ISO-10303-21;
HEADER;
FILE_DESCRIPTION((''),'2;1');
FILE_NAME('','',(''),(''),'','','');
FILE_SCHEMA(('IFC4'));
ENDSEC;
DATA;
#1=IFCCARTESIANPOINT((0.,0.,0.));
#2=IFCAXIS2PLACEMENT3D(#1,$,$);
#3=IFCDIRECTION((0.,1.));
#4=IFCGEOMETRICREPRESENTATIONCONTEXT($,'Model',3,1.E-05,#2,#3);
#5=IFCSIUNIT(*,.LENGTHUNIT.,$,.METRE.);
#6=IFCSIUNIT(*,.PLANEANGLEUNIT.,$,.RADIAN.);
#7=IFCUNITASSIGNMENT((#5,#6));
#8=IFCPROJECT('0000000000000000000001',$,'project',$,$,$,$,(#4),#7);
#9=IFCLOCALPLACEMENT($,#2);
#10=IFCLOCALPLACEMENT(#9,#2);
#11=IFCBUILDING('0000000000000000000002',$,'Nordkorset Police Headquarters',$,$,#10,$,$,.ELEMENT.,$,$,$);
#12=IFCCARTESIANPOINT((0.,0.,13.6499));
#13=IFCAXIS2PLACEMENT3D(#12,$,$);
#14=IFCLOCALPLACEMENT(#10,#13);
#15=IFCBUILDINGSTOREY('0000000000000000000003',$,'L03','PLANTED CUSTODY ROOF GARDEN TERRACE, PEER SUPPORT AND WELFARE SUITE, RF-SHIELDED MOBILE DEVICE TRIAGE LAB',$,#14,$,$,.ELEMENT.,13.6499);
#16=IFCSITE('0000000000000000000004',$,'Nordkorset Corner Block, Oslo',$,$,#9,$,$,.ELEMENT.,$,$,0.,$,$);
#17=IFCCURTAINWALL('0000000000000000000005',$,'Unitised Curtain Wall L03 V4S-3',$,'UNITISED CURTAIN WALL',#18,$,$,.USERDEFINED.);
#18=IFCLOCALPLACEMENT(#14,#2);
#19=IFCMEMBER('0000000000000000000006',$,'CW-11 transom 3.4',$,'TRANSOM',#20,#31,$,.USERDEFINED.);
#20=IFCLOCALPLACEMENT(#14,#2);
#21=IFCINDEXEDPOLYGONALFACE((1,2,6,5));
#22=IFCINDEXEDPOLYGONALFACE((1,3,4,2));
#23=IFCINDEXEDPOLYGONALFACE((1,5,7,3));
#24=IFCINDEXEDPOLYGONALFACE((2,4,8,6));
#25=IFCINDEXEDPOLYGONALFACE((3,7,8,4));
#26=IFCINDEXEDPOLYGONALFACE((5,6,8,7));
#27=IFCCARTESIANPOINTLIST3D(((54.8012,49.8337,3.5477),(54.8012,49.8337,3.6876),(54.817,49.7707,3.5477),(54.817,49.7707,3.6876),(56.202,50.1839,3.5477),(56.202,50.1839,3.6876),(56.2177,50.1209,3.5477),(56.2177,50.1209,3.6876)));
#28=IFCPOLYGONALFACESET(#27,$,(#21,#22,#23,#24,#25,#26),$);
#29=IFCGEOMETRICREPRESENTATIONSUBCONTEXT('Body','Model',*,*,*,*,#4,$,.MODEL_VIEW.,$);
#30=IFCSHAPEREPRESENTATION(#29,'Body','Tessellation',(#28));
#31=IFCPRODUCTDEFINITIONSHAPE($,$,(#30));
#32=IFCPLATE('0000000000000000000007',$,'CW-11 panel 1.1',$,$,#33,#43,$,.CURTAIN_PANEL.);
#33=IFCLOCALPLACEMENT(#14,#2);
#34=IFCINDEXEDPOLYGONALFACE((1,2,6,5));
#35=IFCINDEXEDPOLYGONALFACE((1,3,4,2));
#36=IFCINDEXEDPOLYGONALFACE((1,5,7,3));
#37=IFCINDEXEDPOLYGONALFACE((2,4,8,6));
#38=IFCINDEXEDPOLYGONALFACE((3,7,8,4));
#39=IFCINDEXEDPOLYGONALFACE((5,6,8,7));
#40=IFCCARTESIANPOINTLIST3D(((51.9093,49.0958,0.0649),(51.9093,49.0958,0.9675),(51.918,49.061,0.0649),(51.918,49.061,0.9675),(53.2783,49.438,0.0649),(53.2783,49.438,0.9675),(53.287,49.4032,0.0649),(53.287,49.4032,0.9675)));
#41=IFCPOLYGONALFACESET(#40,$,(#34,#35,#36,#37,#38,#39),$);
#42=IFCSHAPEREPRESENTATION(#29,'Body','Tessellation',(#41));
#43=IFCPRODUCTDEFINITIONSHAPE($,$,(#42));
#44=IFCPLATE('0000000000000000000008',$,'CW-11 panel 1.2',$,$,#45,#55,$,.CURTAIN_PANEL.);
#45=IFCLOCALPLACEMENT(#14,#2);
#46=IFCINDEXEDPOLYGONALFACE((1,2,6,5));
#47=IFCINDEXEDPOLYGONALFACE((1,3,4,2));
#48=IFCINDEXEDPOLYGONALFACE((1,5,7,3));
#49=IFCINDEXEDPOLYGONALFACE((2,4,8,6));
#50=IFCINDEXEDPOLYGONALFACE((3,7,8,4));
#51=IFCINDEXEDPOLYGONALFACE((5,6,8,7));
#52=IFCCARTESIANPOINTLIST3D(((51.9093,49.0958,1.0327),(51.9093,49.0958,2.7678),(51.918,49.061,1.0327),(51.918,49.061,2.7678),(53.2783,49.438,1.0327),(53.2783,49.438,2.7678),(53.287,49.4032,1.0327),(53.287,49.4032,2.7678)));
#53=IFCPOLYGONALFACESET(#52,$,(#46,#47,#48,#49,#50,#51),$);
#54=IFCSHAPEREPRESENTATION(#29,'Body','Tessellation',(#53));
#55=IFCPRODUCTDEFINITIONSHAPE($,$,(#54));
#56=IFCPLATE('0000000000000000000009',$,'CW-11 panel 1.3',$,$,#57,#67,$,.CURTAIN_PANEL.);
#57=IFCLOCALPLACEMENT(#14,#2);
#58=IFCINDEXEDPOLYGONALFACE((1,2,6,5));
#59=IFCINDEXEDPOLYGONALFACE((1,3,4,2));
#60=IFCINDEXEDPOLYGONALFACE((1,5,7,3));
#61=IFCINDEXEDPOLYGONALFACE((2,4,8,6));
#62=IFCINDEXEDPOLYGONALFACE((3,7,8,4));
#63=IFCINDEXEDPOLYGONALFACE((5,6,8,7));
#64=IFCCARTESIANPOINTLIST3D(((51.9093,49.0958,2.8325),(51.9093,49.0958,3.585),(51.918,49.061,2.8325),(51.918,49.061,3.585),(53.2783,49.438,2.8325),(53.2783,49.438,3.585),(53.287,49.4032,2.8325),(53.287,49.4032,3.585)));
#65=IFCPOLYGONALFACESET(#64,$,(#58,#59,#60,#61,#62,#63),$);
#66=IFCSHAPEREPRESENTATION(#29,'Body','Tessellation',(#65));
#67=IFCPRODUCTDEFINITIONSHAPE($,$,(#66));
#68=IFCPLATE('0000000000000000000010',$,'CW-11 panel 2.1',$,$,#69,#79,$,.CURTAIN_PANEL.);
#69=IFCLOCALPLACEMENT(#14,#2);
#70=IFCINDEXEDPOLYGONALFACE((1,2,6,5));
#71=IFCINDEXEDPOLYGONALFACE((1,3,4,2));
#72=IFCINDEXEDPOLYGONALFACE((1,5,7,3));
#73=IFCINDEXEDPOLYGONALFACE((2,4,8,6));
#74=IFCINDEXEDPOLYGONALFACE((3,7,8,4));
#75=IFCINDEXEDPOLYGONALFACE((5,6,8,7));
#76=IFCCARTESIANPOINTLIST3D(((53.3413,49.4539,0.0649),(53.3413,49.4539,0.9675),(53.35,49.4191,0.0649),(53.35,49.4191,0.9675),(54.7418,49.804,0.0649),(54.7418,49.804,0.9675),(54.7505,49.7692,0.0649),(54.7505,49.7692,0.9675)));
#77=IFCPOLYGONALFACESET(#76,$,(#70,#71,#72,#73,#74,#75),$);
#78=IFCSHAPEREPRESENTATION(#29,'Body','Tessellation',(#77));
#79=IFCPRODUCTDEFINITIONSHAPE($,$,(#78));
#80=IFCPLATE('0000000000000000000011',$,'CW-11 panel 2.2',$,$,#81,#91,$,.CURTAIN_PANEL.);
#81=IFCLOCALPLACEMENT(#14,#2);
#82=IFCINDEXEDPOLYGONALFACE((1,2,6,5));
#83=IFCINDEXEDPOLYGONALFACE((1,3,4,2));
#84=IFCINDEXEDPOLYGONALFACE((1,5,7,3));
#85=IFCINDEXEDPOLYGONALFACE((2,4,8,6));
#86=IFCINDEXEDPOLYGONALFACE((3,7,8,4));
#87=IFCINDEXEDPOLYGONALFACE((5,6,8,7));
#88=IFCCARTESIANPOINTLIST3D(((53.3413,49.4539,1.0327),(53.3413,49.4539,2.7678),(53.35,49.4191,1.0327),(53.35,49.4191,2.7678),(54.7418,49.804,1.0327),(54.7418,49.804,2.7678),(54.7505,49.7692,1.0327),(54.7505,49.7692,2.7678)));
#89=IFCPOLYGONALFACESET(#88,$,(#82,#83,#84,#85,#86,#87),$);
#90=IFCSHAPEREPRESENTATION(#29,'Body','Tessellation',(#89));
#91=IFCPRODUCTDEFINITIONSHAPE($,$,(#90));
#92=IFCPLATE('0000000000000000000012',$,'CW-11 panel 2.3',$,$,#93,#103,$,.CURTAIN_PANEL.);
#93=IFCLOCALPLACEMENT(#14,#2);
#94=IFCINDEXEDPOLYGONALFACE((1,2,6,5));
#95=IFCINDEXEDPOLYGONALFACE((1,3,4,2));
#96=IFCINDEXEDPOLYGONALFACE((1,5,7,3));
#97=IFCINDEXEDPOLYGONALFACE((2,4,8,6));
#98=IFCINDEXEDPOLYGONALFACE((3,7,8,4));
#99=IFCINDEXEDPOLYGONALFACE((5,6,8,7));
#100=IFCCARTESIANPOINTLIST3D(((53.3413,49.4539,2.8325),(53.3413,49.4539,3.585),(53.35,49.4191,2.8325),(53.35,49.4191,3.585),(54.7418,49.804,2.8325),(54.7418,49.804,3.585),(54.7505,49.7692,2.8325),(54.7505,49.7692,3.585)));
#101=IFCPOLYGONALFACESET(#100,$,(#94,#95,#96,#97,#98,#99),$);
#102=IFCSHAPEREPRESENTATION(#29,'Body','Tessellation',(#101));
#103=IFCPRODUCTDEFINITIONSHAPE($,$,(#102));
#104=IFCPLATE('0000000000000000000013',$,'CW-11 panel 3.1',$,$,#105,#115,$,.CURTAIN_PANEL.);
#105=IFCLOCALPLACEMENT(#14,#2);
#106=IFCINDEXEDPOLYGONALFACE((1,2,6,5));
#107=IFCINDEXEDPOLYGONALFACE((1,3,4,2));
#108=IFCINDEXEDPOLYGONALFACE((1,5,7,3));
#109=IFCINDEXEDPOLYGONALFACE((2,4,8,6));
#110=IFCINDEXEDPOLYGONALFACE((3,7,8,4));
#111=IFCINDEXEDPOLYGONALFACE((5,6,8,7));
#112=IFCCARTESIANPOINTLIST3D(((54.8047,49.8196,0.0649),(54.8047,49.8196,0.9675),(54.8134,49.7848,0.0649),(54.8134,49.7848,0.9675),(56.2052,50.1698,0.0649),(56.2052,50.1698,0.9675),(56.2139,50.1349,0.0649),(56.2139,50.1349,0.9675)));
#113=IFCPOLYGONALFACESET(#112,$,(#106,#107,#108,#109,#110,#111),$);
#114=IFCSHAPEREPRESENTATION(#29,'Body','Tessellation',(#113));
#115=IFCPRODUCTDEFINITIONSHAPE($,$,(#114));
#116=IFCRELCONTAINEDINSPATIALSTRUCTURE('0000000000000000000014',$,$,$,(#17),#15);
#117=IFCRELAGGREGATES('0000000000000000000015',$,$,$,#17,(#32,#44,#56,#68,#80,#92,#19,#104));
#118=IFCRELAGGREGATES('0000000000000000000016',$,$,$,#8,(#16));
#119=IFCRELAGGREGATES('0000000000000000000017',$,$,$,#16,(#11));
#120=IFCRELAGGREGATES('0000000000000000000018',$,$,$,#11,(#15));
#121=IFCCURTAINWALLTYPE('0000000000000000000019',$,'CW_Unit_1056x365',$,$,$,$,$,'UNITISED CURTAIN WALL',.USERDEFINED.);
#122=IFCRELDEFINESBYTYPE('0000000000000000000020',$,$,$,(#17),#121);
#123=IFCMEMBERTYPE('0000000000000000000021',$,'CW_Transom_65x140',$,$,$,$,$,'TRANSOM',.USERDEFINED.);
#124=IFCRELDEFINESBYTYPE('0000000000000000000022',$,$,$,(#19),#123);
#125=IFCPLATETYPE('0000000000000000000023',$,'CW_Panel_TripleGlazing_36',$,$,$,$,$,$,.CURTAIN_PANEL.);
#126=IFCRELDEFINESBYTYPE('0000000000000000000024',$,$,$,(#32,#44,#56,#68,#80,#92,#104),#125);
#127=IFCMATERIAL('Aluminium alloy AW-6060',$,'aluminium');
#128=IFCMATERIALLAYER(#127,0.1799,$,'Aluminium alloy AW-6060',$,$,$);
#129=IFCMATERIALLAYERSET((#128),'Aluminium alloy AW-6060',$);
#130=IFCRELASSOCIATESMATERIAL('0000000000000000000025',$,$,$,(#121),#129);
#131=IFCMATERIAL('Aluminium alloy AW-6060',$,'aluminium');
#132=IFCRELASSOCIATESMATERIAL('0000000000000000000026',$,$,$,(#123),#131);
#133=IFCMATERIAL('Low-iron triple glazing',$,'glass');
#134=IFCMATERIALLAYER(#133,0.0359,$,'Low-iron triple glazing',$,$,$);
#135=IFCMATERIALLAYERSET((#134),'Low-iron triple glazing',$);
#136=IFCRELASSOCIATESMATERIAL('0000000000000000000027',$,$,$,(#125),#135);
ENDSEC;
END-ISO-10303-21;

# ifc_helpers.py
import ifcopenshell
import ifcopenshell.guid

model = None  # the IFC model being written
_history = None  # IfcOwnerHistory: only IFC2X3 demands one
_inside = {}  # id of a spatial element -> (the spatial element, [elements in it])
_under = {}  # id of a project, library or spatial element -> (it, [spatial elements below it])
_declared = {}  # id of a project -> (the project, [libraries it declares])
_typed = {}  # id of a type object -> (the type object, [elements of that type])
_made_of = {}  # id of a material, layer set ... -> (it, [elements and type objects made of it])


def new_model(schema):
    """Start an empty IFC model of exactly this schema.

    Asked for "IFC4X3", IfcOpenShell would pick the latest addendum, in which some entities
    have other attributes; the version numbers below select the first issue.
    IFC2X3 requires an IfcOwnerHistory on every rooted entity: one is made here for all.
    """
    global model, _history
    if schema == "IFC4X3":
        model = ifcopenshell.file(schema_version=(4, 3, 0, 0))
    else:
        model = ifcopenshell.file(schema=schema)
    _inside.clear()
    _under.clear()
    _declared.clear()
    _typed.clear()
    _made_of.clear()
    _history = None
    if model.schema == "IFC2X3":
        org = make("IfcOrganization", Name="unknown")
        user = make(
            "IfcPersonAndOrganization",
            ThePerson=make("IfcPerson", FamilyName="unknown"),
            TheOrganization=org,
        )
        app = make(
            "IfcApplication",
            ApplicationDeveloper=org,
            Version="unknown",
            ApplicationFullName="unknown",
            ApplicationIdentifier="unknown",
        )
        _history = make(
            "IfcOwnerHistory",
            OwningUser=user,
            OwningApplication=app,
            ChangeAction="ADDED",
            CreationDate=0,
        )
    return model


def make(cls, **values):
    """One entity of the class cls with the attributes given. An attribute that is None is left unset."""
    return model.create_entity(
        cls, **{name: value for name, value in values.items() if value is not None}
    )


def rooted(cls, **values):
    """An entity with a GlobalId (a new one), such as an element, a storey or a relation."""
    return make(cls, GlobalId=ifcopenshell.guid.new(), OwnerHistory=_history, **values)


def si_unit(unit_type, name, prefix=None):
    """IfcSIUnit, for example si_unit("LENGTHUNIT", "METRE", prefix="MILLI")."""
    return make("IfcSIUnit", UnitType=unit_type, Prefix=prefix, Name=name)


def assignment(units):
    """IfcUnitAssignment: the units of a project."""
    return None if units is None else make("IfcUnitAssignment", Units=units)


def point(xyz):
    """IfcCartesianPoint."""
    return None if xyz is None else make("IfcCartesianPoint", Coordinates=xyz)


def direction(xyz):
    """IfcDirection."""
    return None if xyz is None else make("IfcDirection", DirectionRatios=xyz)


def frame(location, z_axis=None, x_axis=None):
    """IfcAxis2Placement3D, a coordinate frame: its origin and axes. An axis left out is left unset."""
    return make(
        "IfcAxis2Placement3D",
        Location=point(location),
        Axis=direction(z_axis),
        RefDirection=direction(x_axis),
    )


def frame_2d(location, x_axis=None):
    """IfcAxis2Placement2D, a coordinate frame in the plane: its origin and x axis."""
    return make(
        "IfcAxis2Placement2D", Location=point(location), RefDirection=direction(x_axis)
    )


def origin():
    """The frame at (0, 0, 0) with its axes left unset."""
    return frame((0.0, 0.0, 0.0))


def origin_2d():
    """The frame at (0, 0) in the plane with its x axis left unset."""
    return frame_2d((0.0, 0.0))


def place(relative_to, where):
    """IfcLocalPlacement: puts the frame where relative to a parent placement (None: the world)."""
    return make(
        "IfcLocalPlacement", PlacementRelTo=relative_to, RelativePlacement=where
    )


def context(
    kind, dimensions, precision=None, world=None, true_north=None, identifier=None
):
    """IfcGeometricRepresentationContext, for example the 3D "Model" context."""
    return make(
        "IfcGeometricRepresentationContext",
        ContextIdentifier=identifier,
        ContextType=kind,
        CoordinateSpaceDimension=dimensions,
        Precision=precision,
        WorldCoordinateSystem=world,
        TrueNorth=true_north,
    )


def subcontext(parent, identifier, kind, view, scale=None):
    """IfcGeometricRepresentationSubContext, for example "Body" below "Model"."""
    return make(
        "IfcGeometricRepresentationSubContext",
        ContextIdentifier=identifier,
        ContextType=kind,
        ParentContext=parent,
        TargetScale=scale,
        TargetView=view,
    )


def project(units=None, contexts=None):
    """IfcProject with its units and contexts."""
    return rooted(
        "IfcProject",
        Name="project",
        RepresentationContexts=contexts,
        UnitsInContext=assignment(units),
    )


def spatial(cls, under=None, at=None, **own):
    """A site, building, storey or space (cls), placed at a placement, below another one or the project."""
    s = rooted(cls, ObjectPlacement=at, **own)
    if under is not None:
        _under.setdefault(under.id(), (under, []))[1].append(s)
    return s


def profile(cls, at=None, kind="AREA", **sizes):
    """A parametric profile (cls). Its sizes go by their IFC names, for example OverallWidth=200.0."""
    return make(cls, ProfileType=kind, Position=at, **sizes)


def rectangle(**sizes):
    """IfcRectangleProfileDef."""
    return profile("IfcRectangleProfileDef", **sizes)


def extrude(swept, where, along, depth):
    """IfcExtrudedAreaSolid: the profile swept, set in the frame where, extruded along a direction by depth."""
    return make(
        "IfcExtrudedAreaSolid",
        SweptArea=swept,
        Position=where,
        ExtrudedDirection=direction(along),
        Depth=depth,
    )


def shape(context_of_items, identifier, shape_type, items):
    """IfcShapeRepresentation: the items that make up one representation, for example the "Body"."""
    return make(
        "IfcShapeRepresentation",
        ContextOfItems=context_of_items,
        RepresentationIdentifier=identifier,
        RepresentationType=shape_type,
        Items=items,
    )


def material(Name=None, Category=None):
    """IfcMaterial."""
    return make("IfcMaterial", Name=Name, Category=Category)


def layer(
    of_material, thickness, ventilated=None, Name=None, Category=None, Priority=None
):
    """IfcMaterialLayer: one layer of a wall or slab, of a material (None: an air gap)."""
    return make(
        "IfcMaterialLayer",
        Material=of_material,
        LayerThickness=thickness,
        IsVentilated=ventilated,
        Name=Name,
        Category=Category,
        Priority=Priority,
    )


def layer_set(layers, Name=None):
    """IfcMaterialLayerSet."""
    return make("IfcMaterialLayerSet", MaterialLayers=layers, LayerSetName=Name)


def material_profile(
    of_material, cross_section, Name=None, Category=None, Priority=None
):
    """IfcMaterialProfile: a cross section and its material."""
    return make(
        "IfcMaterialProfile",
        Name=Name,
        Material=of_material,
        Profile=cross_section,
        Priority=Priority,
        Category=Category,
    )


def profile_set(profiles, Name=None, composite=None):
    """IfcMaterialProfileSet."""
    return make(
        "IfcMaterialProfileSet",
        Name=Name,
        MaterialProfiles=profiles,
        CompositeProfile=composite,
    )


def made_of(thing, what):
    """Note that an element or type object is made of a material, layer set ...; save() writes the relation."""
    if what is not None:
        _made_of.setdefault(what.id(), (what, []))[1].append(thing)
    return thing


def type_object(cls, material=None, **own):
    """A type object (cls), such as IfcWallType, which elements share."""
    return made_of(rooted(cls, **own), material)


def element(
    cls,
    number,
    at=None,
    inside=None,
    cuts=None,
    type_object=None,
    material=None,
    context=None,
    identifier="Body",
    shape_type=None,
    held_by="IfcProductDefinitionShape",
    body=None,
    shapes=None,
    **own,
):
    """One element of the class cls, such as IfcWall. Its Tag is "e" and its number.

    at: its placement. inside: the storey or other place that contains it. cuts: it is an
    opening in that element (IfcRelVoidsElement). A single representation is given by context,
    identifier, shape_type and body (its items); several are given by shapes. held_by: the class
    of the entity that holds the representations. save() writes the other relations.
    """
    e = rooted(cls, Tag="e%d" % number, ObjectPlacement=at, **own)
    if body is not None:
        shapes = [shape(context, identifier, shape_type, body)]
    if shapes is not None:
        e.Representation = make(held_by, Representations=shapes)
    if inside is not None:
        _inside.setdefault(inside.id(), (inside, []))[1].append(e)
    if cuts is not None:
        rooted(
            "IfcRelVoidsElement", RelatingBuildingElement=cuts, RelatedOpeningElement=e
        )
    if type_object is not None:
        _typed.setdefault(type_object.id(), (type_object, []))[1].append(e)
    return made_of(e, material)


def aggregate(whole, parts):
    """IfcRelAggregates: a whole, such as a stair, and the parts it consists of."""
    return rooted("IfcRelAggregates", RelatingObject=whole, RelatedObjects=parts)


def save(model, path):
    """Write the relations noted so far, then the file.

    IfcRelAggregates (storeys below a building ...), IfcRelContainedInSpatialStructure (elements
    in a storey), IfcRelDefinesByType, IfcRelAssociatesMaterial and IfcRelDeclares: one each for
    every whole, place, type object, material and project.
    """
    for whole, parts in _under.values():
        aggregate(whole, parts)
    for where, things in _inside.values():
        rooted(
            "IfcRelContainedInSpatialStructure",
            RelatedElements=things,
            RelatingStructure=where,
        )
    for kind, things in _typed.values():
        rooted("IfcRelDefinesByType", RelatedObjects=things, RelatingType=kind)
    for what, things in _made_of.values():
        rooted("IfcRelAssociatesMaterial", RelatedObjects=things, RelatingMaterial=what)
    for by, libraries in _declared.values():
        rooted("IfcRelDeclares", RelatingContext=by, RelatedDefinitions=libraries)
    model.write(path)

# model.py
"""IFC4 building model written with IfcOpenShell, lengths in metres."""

from ifc_helpers import new_model, si_unit, direction, frame, origin, origin_2d, place, context, subcontext, project, spatial, rectangle, extrude, material, layer, layer_set, material_profile, profile_set, type_object, element, aggregate, save


model = new_model("IFC4")

# Units and contexts
model_context = context("Model", 3, precision=1e-05, world=origin(), true_north=direction((0.0, 1.0)))
body_context = subcontext(model_context, "Body", "Model", "MODEL_VIEW")
ifc_project = project(units=[si_unit("LENGTHUNIT", "METRE"), si_unit("PLANEANGLEUNIT", "RADIAN")], contexts=[model_context])

# Site, building, storey
site_placement = place(None, origin())
site = spatial("IfcSite", under=ifc_project, at=site_placement, Name="Nordkorset Corner Block, Oslo", CompositionType="ELEMENT", RefElevation=0.0)
building_placement = place(site_placement, origin())
building = spatial("IfcBuilding", under=site, at=building_placement, Name="Nordkorset Police Headquarters", CompositionType="ELEMENT")
storey_placement = place(building_placement, frame((0.0, 0.0, 13.6499)))
storey = spatial("IfcBuildingStorey", under=building, at=storey_placement, Name="L03", Description="PLANTED CUSTODY ROOF GARDEN TERRACE, PEER SUPPORT AND WELFARE SUITE, RF-SHIELDED MOBILE DEVICE TRIAGE LAB", CompositionType="ELEMENT", Elevation=13.6499)

# Curtain wall, member, plates
ifc_material_1 = material(Name="Aluminium alloy AW-6060", Category="aluminium")
ifc_layer_1 = layer(ifc_material_1, 0.1799, Name="Aluminium alloy AW-6060")
ifc_layer_set_1 = layer_set([ifc_layer_1], Name="Aluminium alloy AW-6060")
curtain_wall_type = type_object("IfcCurtainWallType", Name="CW_Unit_1056x365", ElementType="UNITISED CURTAIN WALL", PredefinedType="USERDEFINED", material=ifc_layer_set_1)
curtain_wall_placement = place(storey_placement, origin())
curtain_wall = element("IfcCurtainWall", 1, at=curtain_wall_placement, inside=storey, type_object=curtain_wall_type, Name="Unitised Curtain Wall L03 V4S-3", ObjectType="UNITISED CURTAIN WALL", PredefinedType="USERDEFINED")
ifc_material_2 = material(Name="Aluminium alloy AW-6060", Category="aluminium")
ifc_material_profile_1 = material_profile(ifc_material_2, rectangle(XDim=0.0649, YDim=0.1399, at=origin_2d()), Name="ALU TRAN 65x140")
ifc_profile_set_1 = profile_set([ifc_material_profile_1], Name="Aluminium alloy AW-6060")
member_type_1 = type_object("IfcMemberType", Name="CW_Transom_65x140", ElementType="TRANSOM", PredefinedType="USERDEFINED", material=ifc_profile_set_1)
member_1_placement = place(storey_placement, frame((54.8091, 49.8022, 3.6177), z_axis=(0.970152, 0.242496, 0.0), x_axis=(-0.242496, 0.970152, 0.0)))
member_1 = element("IfcMember", 2, at=member_1_placement, type_object=member_type_1, Name="CW-11 transom 3.4", ObjectType="TRANSOM", PredefinedType="USERDEFINED", context=body_context, shape_type="SweptSolid", body=[
    extrude(rectangle(XDim=0.0649, YDim=0.1399, at=origin_2d()), origin(), (0.0, 0.0, 1.0), 1.4438),
])
ifc_material_3 = material(Name="Low-iron triple glazing", Category="glass")
ifc_layer_2 = layer(ifc_material_3, 0.0359, Name="Low-iron triple glazing")
ifc_layer_set_2 = layer_set([ifc_layer_2], Name="Low-iron triple glazing")
plate_type = type_object("IfcPlateType", Name="CW_Panel_TripleGlazing_36", PredefinedType="CURTAIN_PANEL", material=ifc_layer_set_2)
plate_1_placement = place(storey_placement, frame((52.5981, 49.2495, 0.0649), z_axis=(0.0, 0.0, 1.0), x_axis=(0.970143, 0.242535, 0.0)))
plate_1 = element("IfcPlate", 3, at=plate_1_placement, type_object=plate_type, Name="CW-11 panel 1.1", PredefinedType="CURTAIN_PANEL", context=body_context, shape_type="SweptSolid", body=[
    extrude(rectangle(XDim=1.4111, YDim=0.0359, at=origin_2d()), origin(), (0.0, 0.0, 1.0), 0.9026),
])
plate_2_placement = place(storey_placement, frame((52.5981, 49.2495, 1.0327), z_axis=(0.0, 0.0, 1.0), x_axis=(0.970143, 0.242535, 0.0)))
plate_2 = element("IfcPlate", 4, at=plate_2_placement, type_object=plate_type, Name="CW-11 panel 1.2", PredefinedType="CURTAIN_PANEL", context=body_context, shape_type="SweptSolid", body=[
    extrude(rectangle(XDim=1.4111, YDim=0.0359, at=origin_2d()), origin(), (0.0, 0.0, 1.0), 1.7351),
])
plate_3_placement = place(storey_placement, frame((52.5981, 49.2495, 2.8325), z_axis=(0.0, 0.0, 1.0), x_axis=(0.970143, 0.242535, 0.0)))
plate_3 = element("IfcPlate", 5, at=plate_3_placement, type_object=plate_type, Name="CW-11 panel 1.3", PredefinedType="CURTAIN_PANEL", context=body_context, shape_type="SweptSolid", body=[
    extrude(rectangle(XDim=1.4111, YDim=0.0359, at=origin_2d()), origin(), (0.0, 0.0, 1.0), 0.7524),
])
plate_4_placement = place(storey_placement, frame((54.0459, 49.6116, 0.0649), z_axis=(0.0, 0.0, 1.0), x_axis=(0.970143, 0.242535, 0.0)))
plate_4 = element("IfcPlate", 6, at=plate_4_placement, type_object=plate_type, Name="CW-11 panel 2.1", PredefinedType="CURTAIN_PANEL", context=body_context, shape_type="SweptSolid", body=[
    extrude(rectangle(XDim=1.4436, YDim=0.0359, at=origin_2d()), origin(), (0.0, 0.0, 1.0), 0.9026),
])
plate_5_placement = place(storey_placement, frame((54.0459, 49.6116, 1.0327), z_axis=(0.0, 0.0, 1.0), x_axis=(0.970143, 0.242535, 0.0)))
plate_5 = element("IfcPlate", 7, at=plate_5_placement, type_object=plate_type, Name="CW-11 panel 2.2", PredefinedType="CURTAIN_PANEL", context=body_context, shape_type="SweptSolid", body=[
    extrude(rectangle(XDim=1.4436, YDim=0.0359, at=origin_2d()), origin(), (0.0, 0.0, 1.0), 1.7351),
])
plate_6_placement = place(storey_placement, frame((54.0459, 49.6116, 2.8325), z_axis=(0.0, 0.0, 1.0), x_axis=(0.970143, 0.242535, 0.0)))
plate_6 = element("IfcPlate", 8, at=plate_6_placement, type_object=plate_type, Name="CW-11 panel 2.3", PredefinedType="CURTAIN_PANEL", context=body_context, shape_type="SweptSolid", body=[
    extrude(rectangle(XDim=1.4436, YDim=0.0359, at=origin_2d()), origin(), (0.0, 0.0, 1.0), 0.7524),
])
plate_7_placement = place(storey_placement, frame((55.5093, 49.9773, 0.0649), z_axis=(0.0, 0.0, 1.0), x_axis=(0.970143, 0.242535, 0.0)))
plate_7 = element("IfcPlate", 9, at=plate_7_placement, type_object=plate_type, Name="CW-11 panel 3.1", PredefinedType="CURTAIN_PANEL", context=body_context, shape_type="SweptSolid", body=[
    extrude(rectangle(XDim=1.4436, YDim=0.0359, at=origin_2d()), origin(), (0.0, 0.0, 1.0), 0.9026),
])
aggregate(curtain_wall, [plate_1, plate_2, plate_3, plate_4, plate_5, plate_6, member_1, plate_7])

save(model, "model.ifc")
